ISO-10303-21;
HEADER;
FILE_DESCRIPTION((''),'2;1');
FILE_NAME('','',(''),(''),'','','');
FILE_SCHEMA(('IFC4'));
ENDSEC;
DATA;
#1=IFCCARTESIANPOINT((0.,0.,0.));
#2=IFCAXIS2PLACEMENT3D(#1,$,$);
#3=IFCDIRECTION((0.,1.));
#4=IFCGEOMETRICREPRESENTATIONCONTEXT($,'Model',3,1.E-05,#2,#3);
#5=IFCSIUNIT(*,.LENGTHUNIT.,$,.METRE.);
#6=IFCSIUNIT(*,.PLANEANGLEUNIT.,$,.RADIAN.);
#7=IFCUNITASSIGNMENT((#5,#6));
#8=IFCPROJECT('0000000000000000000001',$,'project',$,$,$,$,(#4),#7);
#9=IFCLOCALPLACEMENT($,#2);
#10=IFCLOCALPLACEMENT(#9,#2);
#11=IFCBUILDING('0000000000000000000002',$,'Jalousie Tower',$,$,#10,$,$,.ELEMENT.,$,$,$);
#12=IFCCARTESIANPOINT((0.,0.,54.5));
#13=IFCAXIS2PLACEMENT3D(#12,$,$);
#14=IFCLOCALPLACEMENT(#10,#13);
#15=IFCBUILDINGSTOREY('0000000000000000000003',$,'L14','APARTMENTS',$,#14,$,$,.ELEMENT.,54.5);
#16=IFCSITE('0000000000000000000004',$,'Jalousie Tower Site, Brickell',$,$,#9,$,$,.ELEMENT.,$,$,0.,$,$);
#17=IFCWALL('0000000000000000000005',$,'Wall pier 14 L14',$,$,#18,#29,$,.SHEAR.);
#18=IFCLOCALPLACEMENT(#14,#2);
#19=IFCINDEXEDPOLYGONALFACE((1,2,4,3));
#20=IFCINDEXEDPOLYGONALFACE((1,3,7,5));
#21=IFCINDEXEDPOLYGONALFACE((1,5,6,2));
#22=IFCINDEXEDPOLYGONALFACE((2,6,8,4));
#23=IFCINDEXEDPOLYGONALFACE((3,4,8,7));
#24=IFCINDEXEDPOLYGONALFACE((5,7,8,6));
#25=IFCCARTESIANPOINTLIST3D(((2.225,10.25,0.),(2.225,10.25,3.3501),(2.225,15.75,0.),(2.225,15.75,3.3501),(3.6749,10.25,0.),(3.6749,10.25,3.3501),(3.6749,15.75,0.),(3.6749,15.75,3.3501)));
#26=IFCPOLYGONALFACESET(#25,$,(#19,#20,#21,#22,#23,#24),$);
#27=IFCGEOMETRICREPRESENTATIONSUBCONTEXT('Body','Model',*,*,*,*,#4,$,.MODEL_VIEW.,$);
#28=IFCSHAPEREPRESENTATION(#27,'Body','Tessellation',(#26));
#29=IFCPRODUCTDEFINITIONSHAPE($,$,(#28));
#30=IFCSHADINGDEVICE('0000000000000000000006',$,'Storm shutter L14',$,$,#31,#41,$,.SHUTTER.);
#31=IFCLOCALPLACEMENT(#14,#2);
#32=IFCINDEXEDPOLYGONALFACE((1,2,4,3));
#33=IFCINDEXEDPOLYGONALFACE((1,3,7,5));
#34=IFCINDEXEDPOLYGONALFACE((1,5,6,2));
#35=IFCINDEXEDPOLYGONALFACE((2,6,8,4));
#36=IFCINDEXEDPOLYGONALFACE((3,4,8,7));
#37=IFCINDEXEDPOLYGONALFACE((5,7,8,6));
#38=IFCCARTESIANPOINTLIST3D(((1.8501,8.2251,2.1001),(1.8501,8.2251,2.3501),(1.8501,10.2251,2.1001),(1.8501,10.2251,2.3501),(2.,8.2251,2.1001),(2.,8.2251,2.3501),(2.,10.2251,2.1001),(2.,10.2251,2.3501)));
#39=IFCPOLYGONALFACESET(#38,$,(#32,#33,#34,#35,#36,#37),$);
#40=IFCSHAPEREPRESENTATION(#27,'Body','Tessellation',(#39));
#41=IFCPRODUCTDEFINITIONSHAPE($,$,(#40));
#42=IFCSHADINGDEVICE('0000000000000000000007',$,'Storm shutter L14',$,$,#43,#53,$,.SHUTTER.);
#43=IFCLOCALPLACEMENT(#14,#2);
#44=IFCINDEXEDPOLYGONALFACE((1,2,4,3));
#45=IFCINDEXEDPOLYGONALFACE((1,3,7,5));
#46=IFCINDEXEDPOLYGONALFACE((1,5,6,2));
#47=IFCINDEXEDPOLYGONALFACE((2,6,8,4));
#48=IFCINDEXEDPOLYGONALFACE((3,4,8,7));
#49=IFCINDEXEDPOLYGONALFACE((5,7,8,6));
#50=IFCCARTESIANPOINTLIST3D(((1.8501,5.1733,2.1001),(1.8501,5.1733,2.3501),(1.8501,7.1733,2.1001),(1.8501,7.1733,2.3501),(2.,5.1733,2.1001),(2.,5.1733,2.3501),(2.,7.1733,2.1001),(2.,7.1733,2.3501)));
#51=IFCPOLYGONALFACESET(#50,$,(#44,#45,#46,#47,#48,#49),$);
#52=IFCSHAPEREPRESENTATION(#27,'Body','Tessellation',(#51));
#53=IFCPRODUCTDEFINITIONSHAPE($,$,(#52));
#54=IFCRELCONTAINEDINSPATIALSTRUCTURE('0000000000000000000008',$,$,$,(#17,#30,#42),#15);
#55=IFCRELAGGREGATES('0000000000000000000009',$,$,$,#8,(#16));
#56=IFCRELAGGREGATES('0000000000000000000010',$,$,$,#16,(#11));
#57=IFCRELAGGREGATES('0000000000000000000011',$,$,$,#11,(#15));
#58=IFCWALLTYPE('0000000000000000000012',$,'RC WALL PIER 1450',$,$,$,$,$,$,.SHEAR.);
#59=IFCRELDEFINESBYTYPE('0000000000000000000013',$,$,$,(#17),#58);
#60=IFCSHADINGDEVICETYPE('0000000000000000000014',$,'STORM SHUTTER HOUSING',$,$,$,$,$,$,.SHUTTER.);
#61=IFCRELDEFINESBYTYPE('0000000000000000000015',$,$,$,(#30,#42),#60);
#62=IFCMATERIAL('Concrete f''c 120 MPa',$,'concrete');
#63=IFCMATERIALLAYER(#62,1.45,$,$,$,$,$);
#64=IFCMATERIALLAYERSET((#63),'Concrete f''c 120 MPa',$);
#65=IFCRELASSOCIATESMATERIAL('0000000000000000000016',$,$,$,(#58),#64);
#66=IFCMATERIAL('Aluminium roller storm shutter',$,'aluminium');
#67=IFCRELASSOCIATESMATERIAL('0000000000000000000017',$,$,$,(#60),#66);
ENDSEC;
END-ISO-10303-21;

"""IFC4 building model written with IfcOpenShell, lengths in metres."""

from ifc_helpers import new_model, si_unit, direction, frame, frame_2d, origin, origin_2d, place, context, subcontext, project, spatial, rectangle, extrude, material, layer, layer_set, type_object, element, save


model = new_model("IFC4")

# Units and contexts
model_context = context("Model", 3, precision=1e-05, world=origin(), true_north=direction((0.0, 1.0)))
body_context = subcontext(model_context, "Body", "Model", "MODEL_VIEW")
ifc_project = project(units=[si_unit("LENGTHUNIT", "METRE"), si_unit("PLANEANGLEUNIT", "RADIAN")], contexts=[model_context])

# Site, building, storey
site_placement = place(None, origin())
site = spatial("IfcSite", under=ifc_project, at=site_placement, Name="Jalousie Tower Site, Brickell", CompositionType="ELEMENT", RefElevation=0.0)
building_placement = place(site_placement, origin())
building = spatial("IfcBuilding", under=site, at=building_placement, Name="Jalousie Tower", CompositionType="ELEMENT")
storey_placement = place(building_placement, frame((0.0, 0.0, 54.5)))
storey = spatial("IfcBuildingStorey", under=building, at=storey_placement, Name="L14", Description="APARTMENTS", CompositionType="ELEMENT", Elevation=54.5)

# Wall
ifc_material_1 = material(Name="Concrete f'c 120 MPa", Category="concrete")
ifc_layer_1 = layer(ifc_material_1, 1.45)
ifc_layer_set_1 = layer_set([ifc_layer_1], Name="Concrete f'c 120 MPa")
wall_type_1 = type_object("IfcWallType", Name="RC WALL PIER 1450", PredefinedType="SHEAR", material=ifc_layer_set_1)
wall_1_placement = place(storey_placement, frame((2.95, 10.25, 0.0), z_axis=(0.0, 0.0, 1.0), x_axis=(0.0, 1.0, 0.0)))
element("IfcWall", 1, at=wall_1_placement, inside=storey, type_object=wall_type_1, Name="Wall pier 14 L14", PredefinedType="SHEAR", context=body_context, shape_type="SweptSolid", body=[
    extrude(rectangle(XDim=5.5, YDim=1.45, at=frame_2d((2.75, 0.0))), origin(), (0.0, 0.0, 1.0), 3.3501),
])

# Shading devices
ifc_material_2 = material(Name="Aluminium roller storm shutter", Category="aluminium")
shading_device_type = type_object("IfcShadingDeviceType", Name="STORM SHUTTER HOUSING", PredefinedType="SHUTTER", material=ifc_material_2)
for number, where, z_axis, x_axis, name in (
    (2, (1.925, 9.2251, 2.1001), (0.0, 0.0, 1.0), (0.0, -1.0, 0.0), "Storm shutter L14"),
    (3, (1.925, 6.1733, 2.1001), (0.0, 0.0, 1.0), (0.0, -1.0, 0.0), "Storm shutter L14"),
):
    element("IfcShadingDevice", number, at=place(storey_placement, frame(where, z_axis=z_axis, x_axis=x_axis)), inside=storey, type_object=shading_device_type, Name=name, PredefinedType="SHUTTER", context=body_context, shape_type="SweptSolid", body=[
        extrude(rectangle(XDim=2.0, YDim=0.1499, at=origin_2d()), origin(), (0.0, 0.0, 1.0), 0.25),
    ])

save(model, "model.ifc")
